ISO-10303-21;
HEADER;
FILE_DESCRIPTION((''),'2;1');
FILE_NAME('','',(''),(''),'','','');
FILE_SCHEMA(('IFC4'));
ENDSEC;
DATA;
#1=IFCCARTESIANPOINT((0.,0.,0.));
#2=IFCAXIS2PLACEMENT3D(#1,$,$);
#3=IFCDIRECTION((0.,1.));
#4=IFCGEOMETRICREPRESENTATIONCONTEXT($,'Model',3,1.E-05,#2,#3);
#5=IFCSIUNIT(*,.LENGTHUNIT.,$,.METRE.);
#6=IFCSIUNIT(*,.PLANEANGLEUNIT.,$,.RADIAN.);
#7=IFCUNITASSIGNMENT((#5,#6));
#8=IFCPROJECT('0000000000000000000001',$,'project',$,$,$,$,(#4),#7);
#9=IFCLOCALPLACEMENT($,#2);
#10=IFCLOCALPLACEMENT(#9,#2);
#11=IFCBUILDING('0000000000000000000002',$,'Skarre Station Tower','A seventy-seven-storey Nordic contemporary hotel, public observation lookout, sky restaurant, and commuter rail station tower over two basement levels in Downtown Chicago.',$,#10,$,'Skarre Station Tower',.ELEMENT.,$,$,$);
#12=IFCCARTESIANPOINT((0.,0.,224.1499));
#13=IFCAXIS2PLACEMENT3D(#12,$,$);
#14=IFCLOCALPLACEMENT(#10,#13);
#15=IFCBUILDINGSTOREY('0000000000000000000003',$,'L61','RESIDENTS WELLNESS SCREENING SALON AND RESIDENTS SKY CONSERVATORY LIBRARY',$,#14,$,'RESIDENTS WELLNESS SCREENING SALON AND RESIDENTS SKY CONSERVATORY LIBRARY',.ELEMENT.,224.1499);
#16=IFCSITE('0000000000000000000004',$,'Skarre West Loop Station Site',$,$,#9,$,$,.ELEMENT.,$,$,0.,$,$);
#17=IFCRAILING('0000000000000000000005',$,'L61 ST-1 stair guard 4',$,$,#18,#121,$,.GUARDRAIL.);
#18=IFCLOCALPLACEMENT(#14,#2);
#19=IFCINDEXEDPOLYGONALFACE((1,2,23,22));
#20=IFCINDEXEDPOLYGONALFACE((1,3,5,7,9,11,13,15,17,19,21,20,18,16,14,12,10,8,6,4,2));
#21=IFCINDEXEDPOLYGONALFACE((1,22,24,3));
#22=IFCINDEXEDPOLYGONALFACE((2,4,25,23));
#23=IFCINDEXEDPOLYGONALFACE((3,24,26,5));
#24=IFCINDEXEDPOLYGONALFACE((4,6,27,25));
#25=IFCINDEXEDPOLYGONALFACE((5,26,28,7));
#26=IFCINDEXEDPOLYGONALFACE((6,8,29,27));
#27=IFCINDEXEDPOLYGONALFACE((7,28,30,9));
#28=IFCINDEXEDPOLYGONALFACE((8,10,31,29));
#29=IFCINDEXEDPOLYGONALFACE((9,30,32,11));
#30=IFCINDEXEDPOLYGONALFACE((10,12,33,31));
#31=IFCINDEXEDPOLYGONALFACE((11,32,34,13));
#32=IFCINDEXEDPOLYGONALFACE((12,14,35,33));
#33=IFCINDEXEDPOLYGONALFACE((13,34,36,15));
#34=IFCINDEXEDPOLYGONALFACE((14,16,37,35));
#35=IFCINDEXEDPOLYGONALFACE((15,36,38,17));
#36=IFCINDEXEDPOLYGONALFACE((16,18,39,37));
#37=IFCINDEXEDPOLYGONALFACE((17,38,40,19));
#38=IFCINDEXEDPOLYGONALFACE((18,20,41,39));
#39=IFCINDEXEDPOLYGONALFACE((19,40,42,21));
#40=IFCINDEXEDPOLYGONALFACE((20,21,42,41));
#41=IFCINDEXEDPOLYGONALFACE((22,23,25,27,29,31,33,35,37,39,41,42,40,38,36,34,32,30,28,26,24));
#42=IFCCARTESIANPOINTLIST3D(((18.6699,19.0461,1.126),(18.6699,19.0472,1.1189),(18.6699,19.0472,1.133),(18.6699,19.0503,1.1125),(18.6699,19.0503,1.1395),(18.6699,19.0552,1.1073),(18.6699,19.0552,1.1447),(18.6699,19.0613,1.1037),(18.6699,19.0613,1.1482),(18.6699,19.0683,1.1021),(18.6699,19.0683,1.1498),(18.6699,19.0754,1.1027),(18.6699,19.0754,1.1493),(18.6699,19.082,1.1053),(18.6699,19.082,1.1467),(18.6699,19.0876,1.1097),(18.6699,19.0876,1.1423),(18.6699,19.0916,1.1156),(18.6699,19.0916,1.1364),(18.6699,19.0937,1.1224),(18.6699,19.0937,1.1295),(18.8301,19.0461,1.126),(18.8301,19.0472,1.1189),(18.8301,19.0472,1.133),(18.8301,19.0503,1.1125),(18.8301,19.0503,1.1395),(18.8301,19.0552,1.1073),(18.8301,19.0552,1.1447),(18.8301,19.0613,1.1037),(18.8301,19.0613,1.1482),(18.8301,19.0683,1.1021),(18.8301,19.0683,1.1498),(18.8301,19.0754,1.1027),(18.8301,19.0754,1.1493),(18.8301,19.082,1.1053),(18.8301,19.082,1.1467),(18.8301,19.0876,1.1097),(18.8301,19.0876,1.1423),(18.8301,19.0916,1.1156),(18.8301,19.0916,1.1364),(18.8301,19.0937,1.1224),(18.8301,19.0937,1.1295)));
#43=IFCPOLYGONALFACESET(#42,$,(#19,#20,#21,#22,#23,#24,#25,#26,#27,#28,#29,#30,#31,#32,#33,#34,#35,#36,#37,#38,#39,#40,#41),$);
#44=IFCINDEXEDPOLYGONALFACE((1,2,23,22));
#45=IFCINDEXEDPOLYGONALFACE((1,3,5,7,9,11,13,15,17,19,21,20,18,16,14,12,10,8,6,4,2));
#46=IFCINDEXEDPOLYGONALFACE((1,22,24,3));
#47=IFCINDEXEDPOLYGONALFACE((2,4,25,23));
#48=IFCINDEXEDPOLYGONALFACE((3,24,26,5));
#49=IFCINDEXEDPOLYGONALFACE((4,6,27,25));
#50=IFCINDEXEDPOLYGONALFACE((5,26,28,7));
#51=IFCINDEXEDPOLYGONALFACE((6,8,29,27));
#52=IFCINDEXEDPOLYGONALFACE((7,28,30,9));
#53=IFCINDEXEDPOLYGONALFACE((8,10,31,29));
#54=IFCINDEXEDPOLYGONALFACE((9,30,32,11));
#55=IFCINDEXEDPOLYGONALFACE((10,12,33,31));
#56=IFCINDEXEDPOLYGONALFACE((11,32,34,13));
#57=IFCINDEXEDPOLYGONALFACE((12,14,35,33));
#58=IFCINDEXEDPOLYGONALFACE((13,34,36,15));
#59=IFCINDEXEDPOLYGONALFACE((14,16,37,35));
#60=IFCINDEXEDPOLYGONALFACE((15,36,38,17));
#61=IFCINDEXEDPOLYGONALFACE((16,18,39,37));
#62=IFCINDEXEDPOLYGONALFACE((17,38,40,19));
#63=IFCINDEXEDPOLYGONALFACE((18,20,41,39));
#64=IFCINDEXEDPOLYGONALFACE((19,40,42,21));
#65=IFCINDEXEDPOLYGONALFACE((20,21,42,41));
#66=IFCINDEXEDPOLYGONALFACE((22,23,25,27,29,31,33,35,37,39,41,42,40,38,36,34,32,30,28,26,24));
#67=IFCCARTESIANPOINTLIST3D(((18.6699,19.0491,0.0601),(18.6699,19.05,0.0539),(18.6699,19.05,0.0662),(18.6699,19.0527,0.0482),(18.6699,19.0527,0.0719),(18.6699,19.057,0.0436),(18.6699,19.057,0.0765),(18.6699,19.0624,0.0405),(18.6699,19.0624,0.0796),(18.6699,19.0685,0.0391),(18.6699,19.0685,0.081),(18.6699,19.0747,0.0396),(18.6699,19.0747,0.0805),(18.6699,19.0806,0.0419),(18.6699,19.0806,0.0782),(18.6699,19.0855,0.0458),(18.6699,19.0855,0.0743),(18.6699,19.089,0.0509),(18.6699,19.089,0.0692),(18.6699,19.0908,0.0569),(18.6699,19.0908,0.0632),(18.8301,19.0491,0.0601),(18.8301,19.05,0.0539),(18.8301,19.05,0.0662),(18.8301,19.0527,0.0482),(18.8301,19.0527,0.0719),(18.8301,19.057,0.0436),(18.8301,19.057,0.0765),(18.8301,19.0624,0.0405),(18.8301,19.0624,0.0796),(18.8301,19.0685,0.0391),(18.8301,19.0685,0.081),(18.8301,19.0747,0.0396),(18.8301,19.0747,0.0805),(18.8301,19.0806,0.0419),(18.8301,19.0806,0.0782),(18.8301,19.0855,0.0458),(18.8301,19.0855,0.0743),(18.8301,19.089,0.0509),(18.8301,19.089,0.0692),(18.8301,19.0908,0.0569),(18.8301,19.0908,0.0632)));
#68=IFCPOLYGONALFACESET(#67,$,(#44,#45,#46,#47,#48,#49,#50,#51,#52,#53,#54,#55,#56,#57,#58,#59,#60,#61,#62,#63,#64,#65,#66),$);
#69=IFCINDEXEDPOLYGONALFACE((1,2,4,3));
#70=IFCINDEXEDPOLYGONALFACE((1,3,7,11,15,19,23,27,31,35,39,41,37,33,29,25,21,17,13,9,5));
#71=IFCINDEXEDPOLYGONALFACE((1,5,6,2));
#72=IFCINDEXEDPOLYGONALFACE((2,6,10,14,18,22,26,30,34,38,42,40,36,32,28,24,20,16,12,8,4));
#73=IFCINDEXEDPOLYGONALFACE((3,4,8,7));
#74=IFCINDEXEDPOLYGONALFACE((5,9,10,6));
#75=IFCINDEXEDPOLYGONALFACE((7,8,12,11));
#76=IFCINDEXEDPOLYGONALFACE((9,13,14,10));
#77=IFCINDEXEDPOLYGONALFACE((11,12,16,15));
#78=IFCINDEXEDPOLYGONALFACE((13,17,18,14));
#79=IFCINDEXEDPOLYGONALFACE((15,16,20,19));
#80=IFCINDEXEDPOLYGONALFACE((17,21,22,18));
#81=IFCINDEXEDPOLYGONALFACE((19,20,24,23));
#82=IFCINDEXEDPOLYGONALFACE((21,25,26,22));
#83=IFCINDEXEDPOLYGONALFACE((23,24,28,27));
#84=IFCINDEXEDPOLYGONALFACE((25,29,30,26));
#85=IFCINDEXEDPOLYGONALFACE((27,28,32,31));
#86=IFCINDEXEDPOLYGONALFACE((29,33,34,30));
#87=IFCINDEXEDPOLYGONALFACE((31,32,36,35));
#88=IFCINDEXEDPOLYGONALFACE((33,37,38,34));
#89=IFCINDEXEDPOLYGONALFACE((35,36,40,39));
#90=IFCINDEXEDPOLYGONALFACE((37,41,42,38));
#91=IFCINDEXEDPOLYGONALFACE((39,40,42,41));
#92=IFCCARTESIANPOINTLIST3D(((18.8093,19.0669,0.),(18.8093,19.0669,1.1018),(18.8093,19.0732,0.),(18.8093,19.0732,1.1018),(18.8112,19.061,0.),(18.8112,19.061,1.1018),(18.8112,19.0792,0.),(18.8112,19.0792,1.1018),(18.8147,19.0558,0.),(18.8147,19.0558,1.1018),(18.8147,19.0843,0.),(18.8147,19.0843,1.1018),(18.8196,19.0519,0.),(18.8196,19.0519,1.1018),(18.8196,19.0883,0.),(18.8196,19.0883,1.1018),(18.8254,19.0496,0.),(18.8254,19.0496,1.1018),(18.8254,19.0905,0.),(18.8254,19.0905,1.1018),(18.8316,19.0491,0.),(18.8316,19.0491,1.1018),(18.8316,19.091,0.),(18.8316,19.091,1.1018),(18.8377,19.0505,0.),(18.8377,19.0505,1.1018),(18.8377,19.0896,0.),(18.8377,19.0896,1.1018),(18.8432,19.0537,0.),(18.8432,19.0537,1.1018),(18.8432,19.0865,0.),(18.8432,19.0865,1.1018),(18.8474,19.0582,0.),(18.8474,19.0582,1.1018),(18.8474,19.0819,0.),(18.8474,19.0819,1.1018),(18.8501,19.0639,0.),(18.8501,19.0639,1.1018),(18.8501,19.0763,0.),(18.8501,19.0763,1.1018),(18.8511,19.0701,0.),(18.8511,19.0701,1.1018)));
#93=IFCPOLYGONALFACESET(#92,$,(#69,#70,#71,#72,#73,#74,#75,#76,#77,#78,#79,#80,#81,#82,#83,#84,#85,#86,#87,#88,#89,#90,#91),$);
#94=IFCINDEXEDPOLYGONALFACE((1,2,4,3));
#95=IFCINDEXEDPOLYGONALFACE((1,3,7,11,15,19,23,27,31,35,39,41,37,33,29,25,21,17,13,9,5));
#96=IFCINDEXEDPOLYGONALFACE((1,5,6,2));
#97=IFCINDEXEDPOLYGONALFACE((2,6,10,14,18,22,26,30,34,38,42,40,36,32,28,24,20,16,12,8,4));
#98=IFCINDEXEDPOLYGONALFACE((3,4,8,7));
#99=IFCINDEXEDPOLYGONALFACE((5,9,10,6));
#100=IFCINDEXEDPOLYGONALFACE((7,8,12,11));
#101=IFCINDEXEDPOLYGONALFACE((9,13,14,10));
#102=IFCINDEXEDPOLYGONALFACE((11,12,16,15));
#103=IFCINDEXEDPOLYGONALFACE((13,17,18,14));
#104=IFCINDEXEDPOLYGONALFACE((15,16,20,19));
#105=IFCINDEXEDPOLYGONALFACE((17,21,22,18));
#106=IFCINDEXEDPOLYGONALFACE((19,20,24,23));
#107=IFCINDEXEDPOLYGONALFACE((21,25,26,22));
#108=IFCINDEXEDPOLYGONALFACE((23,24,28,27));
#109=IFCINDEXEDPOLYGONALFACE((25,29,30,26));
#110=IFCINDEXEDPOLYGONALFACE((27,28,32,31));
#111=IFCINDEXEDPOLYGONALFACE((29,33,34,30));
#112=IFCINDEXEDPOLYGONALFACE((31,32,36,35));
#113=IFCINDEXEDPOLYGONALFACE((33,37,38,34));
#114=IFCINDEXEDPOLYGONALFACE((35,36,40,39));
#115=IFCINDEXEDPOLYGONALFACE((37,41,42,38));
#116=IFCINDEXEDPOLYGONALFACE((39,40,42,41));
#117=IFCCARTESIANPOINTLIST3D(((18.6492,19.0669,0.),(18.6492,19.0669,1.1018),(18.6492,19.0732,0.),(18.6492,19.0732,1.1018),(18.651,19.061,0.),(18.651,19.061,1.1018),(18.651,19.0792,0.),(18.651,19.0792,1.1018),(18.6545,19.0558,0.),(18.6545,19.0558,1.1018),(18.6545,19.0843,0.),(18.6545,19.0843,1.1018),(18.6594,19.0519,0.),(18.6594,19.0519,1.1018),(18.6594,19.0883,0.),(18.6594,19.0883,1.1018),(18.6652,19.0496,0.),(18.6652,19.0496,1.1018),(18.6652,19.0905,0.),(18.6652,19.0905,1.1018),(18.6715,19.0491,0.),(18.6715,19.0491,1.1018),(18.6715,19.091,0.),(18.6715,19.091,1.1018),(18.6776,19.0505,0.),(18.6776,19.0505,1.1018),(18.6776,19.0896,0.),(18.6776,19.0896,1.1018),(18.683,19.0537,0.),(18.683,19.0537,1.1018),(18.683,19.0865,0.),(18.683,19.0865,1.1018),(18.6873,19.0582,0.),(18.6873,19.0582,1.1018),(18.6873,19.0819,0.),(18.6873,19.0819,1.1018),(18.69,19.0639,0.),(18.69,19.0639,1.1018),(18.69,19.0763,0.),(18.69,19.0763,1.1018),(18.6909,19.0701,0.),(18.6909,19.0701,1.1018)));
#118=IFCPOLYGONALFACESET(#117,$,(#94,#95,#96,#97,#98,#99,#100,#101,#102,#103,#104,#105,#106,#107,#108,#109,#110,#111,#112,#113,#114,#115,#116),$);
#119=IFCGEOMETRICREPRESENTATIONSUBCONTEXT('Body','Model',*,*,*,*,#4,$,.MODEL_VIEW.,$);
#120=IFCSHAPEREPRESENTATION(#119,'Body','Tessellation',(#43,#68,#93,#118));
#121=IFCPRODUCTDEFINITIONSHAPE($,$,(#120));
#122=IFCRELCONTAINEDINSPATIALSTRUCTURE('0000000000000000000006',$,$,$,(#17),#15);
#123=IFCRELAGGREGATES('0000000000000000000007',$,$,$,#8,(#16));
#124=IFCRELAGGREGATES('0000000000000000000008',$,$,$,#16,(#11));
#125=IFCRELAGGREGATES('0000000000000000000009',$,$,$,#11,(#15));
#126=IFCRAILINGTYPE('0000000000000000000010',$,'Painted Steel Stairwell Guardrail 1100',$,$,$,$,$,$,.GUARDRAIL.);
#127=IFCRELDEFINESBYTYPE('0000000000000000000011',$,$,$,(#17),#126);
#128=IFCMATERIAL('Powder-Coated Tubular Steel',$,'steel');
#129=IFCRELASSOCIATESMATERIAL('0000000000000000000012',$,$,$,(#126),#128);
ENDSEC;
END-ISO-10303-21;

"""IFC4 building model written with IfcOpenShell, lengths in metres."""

from ifc_helpers import new_model, si_unit, direction, frame, origin, origin_2d, place, context, subcontext, project, spatial, circle, extrude, material, type_object, element, save


model = new_model("IFC4")

# Units and contexts
model_context = context("Model", 3, precision=1e-05, world=origin(), true_north=direction((0.0, 1.0)))
body_context = subcontext(model_context, "Body", "Model", "MODEL_VIEW")
ifc_project = project(units=[si_unit("LENGTHUNIT", "METRE"), si_unit("PLANEANGLEUNIT", "RADIAN")], contexts=[model_context])

# Site, building, storey
site_placement = place(None, origin())
site = spatial("IfcSite", under=ifc_project, at=site_placement, Name="Skarre West Loop Station Site", CompositionType="ELEMENT", RefElevation=0.0)
building_placement = place(site_placement, origin())
building = spatial("IfcBuilding", under=site, at=building_placement, Name="Skarre Station Tower", Description="A seventy-seven-storey Nordic contemporary hotel, public observation lookout, sky restaurant, and commuter rail station tower over two basement levels in Downtown Chicago.", LongName="Skarre Station Tower", CompositionType="ELEMENT")
storey_placement = place(building_placement, frame((0.0, 0.0, 224.1499)))
storey = spatial("IfcBuildingStorey", under=building, at=storey_placement, Name="L61", Description="RESIDENTS WELLNESS SCREENING SALON AND RESIDENTS SKY CONSERVATORY LIBRARY", LongName="RESIDENTS WELLNESS SCREENING SALON AND RESIDENTS SKY CONSERVATORY LIBRARY", CompositionType="ELEMENT", Elevation=224.1499)

# Railing
ifc_material_1 = material(Name="Powder-Coated Tubular Steel", Category="steel")
railing_type_1 = type_object("IfcRailingType", Name="Painted Steel Stairwell Guardrail 1100", PredefinedType="GUARDRAIL", material=ifc_material_1)
railing_1_placement = place(storey_placement, frame((18.8301, 19.0701, 0.0)))
element("IfcRailing", 1, at=railing_1_placement, inside=storey, type_object=railing_type_1, Name="L61 ST-1 stair guard 4", PredefinedType="GUARDRAIL", context=body_context, shape_type="SweptSolid", body=[
    extrude(circle(Radius=0.0239, at=origin_2d()), frame((0.0, 0.0, 1.126), z_axis=(-1.0, 0.0, 0.0), x_axis=(0.0, -1.0, 0.0)), (0.0, 0.0, 1.0), 0.1602),
    extrude(circle(Radius=0.021, at=origin_2d()), frame((0.0, 0.0, 0.0601), z_axis=(-1.0, 0.0, 0.0), x_axis=(0.0, -1.0, 0.0)), (0.0, 0.0, 1.0), 0.1602),
    extrude(circle(Radius=0.021, at=origin_2d()), origin(), (0.0, 0.0, 1.0), 1.1018),
    extrude(circle(Radius=0.021, at=origin_2d()), frame((-0.1602, 0.0, 0.0)), (0.0, 0.0, 1.0), 1.1018),
])

save(model, "model.ifc")
